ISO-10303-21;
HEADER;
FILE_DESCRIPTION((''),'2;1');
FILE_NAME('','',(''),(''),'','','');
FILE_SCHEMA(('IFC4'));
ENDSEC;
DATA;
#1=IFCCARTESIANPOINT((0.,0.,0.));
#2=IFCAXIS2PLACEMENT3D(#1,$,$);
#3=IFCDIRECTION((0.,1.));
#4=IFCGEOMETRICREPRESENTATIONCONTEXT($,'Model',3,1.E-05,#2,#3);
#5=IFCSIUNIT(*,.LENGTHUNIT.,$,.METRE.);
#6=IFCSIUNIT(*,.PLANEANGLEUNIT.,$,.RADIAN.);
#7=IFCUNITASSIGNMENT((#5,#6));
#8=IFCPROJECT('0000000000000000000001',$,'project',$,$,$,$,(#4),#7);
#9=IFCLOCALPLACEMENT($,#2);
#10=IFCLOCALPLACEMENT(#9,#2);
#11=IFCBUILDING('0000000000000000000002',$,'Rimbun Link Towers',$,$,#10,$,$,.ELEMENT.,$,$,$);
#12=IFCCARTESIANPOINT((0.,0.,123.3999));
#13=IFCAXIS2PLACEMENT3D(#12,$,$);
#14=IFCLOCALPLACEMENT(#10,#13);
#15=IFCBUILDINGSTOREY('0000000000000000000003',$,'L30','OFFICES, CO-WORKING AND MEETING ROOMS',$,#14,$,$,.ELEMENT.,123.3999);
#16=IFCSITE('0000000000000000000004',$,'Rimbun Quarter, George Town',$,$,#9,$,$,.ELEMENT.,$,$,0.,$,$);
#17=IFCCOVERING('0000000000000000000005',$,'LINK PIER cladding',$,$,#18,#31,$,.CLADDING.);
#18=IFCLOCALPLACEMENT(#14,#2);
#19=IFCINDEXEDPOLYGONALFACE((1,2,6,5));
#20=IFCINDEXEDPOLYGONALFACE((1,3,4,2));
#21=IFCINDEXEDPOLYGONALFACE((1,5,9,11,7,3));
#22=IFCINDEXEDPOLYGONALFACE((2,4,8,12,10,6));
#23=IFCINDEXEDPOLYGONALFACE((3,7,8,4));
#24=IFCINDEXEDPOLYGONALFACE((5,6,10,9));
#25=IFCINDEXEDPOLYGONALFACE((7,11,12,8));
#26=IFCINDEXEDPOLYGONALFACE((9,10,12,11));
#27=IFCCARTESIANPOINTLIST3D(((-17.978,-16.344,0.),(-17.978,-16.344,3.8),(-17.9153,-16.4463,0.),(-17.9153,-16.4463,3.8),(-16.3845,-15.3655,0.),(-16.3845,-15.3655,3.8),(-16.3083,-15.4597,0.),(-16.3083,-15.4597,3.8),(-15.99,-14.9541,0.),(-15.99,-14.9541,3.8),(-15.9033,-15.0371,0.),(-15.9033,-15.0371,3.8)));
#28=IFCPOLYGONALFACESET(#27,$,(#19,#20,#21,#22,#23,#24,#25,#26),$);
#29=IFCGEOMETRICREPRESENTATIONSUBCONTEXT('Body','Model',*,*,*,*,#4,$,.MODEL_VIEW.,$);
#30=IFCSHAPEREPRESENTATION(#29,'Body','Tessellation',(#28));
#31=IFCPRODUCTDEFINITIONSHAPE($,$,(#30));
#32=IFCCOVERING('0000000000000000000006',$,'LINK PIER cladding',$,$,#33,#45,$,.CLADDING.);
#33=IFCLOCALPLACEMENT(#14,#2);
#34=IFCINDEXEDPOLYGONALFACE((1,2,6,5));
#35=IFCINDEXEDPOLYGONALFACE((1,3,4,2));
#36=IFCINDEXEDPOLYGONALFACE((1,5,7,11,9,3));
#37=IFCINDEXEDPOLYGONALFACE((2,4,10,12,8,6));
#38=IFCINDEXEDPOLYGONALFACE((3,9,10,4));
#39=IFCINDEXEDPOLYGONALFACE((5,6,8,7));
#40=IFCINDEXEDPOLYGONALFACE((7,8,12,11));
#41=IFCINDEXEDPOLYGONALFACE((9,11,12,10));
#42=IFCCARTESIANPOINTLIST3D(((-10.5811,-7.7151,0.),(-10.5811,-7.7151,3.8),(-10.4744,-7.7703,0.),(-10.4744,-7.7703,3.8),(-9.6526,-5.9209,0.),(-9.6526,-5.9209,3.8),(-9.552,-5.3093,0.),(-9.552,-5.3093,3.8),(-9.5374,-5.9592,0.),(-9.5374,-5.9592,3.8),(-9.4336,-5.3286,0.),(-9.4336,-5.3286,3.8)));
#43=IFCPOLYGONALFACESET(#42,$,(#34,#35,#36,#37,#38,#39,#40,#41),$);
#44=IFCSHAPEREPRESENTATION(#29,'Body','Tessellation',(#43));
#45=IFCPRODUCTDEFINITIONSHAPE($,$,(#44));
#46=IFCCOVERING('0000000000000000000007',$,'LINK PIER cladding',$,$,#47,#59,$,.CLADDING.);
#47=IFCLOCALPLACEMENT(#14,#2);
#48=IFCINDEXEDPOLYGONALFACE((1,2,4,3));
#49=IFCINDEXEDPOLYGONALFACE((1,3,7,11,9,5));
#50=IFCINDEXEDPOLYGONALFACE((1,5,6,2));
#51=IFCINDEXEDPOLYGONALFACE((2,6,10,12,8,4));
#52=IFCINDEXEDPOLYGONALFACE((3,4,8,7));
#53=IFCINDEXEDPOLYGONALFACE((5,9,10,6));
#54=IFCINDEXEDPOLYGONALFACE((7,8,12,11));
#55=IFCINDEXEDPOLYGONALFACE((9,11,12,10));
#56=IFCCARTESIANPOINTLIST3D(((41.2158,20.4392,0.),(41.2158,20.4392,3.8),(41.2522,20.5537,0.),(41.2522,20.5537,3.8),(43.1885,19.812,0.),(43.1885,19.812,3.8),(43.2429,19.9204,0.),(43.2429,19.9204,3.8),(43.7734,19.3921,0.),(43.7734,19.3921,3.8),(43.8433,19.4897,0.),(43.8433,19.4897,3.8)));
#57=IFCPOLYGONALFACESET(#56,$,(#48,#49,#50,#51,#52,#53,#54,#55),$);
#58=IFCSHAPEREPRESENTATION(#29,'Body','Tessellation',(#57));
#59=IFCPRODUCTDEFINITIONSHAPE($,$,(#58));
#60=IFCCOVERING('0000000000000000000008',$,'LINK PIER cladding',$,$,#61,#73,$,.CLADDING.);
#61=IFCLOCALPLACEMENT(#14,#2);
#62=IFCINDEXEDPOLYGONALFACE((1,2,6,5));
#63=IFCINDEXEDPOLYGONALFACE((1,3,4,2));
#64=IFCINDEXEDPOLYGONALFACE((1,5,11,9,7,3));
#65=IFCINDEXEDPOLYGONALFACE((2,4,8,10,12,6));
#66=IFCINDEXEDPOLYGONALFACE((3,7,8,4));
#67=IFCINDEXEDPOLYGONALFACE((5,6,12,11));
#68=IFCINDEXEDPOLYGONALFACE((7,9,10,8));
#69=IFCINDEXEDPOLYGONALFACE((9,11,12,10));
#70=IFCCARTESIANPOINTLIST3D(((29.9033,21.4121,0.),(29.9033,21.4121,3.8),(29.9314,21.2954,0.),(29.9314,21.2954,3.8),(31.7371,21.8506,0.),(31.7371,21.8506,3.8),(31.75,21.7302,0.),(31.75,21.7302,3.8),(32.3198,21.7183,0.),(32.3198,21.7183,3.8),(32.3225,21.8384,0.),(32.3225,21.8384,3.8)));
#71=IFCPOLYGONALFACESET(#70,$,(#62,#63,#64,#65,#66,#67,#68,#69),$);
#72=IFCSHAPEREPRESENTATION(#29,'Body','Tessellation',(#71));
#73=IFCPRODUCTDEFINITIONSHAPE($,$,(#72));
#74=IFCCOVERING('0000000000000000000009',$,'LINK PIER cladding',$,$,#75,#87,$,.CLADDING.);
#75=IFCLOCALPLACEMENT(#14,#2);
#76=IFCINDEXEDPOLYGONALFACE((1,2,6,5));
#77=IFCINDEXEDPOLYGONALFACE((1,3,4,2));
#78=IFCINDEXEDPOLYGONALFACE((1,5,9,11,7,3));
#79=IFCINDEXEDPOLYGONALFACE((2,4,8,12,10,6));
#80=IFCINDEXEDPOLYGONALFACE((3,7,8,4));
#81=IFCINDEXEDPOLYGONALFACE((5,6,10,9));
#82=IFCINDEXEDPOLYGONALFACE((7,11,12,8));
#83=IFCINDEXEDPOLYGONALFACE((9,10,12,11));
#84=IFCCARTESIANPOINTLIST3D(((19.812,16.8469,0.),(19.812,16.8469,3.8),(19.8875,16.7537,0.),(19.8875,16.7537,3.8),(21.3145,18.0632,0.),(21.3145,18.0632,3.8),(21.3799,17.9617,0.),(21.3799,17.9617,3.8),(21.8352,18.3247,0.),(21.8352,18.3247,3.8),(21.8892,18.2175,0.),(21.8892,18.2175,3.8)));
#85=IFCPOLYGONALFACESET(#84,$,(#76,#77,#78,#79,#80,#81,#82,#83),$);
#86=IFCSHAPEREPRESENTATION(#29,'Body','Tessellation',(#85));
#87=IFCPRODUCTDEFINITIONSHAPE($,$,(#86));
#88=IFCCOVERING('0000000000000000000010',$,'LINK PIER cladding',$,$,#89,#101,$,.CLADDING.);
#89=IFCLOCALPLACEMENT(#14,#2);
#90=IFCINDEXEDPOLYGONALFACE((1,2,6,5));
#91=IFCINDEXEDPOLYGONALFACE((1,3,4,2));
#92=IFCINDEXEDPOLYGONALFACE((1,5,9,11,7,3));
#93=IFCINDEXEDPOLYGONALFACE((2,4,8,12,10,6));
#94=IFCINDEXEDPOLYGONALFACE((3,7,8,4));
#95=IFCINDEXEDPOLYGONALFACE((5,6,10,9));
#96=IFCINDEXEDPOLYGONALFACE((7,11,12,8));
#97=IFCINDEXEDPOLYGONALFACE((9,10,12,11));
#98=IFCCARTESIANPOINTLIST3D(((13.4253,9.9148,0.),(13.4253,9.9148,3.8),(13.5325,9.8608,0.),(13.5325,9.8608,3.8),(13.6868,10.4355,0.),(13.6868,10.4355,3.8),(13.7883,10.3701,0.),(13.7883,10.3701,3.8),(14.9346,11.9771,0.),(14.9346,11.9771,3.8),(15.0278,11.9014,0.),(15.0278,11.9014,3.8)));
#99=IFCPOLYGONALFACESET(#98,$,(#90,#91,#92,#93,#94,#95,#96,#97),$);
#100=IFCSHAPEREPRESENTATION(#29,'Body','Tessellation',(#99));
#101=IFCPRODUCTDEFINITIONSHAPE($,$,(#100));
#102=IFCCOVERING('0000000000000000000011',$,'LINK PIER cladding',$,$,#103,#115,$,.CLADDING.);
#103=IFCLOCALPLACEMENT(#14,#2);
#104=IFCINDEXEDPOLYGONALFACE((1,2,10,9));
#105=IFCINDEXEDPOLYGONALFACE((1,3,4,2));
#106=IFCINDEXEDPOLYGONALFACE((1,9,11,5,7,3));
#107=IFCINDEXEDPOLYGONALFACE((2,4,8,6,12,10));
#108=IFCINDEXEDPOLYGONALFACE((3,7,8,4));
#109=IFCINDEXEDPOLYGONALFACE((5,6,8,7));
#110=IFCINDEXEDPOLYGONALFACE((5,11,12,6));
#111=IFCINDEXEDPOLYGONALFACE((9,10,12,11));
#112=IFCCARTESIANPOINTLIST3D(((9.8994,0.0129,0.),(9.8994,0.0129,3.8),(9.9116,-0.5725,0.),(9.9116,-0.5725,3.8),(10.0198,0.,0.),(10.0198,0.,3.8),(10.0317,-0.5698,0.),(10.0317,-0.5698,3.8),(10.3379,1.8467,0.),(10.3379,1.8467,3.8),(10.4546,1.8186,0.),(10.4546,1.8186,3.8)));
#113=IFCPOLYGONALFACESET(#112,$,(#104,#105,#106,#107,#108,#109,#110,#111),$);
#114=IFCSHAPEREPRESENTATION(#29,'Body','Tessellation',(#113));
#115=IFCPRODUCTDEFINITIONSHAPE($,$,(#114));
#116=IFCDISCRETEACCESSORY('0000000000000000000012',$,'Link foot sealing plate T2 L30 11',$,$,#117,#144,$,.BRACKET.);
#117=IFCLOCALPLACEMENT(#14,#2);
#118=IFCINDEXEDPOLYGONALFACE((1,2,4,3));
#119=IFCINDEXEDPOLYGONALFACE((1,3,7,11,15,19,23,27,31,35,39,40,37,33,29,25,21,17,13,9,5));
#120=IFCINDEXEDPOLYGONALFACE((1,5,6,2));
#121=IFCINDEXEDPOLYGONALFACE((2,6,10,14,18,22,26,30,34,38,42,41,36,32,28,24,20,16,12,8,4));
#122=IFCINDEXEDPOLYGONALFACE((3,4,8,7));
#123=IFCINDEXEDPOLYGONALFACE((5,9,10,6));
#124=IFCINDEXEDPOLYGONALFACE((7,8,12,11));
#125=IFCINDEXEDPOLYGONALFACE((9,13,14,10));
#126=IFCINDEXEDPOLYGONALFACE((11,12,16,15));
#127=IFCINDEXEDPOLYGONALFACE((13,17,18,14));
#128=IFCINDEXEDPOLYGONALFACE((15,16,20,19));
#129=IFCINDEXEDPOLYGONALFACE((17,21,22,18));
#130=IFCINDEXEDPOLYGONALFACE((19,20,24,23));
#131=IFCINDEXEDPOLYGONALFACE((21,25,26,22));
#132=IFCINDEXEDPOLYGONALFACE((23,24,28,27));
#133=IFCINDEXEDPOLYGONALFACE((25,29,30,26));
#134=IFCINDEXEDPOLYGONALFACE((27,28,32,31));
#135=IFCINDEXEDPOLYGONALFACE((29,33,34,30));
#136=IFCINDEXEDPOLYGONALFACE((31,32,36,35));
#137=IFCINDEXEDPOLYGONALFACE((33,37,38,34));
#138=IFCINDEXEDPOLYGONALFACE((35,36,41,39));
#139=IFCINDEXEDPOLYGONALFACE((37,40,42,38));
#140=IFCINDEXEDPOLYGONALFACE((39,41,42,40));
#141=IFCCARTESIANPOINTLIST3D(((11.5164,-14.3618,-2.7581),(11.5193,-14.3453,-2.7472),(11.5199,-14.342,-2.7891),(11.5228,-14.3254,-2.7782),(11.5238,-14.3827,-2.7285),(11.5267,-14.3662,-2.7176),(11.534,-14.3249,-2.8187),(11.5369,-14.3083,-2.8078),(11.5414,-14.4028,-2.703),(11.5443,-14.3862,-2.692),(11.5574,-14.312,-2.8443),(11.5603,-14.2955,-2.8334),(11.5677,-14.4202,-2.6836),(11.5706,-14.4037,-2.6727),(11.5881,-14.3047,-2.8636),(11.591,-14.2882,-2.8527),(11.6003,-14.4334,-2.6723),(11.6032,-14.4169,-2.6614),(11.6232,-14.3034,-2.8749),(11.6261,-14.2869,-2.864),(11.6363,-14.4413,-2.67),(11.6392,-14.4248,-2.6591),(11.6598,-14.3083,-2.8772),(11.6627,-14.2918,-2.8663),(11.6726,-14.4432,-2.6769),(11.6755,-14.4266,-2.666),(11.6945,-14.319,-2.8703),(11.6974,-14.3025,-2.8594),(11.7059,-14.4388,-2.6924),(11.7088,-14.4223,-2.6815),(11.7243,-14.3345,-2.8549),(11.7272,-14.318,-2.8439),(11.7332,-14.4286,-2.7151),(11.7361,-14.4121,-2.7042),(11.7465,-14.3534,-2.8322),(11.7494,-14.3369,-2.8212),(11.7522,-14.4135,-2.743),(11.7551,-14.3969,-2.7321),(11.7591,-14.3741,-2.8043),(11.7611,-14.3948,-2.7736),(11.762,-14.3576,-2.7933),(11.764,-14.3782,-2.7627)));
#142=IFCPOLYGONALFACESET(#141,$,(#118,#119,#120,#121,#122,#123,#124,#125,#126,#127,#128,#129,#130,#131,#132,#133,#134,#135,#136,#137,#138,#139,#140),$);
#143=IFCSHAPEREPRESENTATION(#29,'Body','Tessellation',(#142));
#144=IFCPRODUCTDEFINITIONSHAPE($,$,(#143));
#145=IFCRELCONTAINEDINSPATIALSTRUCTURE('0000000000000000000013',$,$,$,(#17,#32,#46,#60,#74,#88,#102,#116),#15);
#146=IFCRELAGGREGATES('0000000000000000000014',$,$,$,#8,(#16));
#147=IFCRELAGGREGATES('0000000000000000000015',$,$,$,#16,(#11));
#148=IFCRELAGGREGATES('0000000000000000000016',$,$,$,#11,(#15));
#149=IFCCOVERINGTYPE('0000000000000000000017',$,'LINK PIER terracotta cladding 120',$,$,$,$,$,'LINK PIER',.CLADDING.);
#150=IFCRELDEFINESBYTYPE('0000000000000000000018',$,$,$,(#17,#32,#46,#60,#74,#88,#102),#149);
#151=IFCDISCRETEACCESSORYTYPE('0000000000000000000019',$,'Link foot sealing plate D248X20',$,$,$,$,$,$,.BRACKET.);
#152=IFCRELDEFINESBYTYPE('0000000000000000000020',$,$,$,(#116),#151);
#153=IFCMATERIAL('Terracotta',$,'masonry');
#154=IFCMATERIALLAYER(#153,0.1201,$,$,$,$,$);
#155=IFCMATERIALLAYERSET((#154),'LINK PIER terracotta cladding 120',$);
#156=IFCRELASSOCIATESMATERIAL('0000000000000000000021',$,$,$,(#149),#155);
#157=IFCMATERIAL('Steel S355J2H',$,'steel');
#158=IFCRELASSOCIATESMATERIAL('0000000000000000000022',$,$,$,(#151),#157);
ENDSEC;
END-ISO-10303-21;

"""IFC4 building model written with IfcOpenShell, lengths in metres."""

from ifc_helpers import new_model, si_unit, direction, frame, origin, origin_2d, place, context, subcontext, project, spatial, polyline, circle, outline, extrude, material, layer, layer_set, material_profile, profile_set, type_object, element, save


model = new_model("IFC4")

# Units and contexts
model_context = context("Model", 3, precision=1e-05, world=origin(), true_north=direction((0.0, 1.0)))
body_context = subcontext(model_context, "Body", "Model", "MODEL_VIEW")
ifc_project = project(units=[si_unit("LENGTHUNIT", "METRE"), si_unit("PLANEANGLEUNIT", "RADIAN")], contexts=[model_context])

# Site, building, storey
site_placement = place(None, origin())
site = spatial("IfcSite", under=ifc_project, at=site_placement, Name="Rimbun Quarter, George Town", CompositionType="ELEMENT", RefElevation=0.0)
building_placement = place(site_placement, origin())
building = spatial("IfcBuilding", under=site, at=building_placement, Name="Rimbun Link Towers", CompositionType="ELEMENT")
storey_placement = place(building_placement, frame((0.0, 0.0, 123.3999)))
storey = spatial("IfcBuildingStorey", under=building, at=storey_placement, Name="L30", Description="OFFICES, CO-WORKING AND MEETING ROOMS", CompositionType="ELEMENT", Elevation=123.3999)

# Coverings
ifc_material_1 = material(Name="Terracotta", Category="masonry")
ifc_layer_1 = layer(ifc_material_1, 0.1201)
ifc_layer_set_1 = layer_set([ifc_layer_1], Name="LINK PIER terracotta cladding 120")
covering_type_1 = type_object("IfcCoveringType", Name="LINK PIER terracotta cladding 120", ElementType="LINK PIER", PredefinedType="CLADDING", material=ifc_layer_set_1)
covering_1_placement = place(storey_placement, origin())
element("IfcCovering", 1, at=covering_1_placement, inside=storey, type_object=covering_type_1, Name="LINK PIER cladding", PredefinedType="CLADDING", context=body_context, shape_type="SweptSolid", body=[
    extrude(outline(polyline([(-15.99, -14.9541), (-16.3845, -15.3655), (-17.978, -16.344), (-17.9153, -16.4463), (-16.3083, -15.4597), (-15.9033, -15.0371), (-15.99, -14.9541)])), origin(), (0.0, 0.0, 1.0), 3.8),
])
covering_2_placement = place(storey_placement, origin())
element("IfcCovering", 2, at=covering_2_placement, inside=storey, type_object=covering_type_1, Name="LINK PIER cladding", PredefinedType="CLADDING", context=body_context, shape_type="SweptSolid", body=[
    extrude(outline(polyline([(-9.552, -5.3093), (-9.6526, -5.9209), (-10.5811, -7.7151), (-10.4744, -7.7703), (-9.5374, -5.9592), (-9.4336, -5.3286), (-9.552, -5.3093)])), origin(), (0.0, 0.0, 1.0), 3.8),
])
covering_3_placement = place(storey_placement, origin())
element("IfcCovering", 3, at=covering_3_placement, inside=storey, type_object=covering_type_1, Name="LINK PIER cladding", PredefinedType="CLADDING", context=body_context, shape_type="SweptSolid", body=[
    extrude(outline(polyline([(41.2158, 20.4392), (43.1885, 19.812), (43.7734, 19.3921), (43.8433, 19.4897), (43.2429, 19.9204), (41.2522, 20.5537), (41.2158, 20.4392)])), origin(), (0.0, 0.0, 1.0), 3.8),
])
covering_4_placement = place(storey_placement, origin())
element("IfcCovering", 4, at=covering_4_placement, inside=storey, type_object=covering_type_1, Name="LINK PIER cladding", PredefinedType="CLADDING", context=body_context, shape_type="SweptSolid", body=[
    extrude(outline(polyline([(29.9314, 21.2954), (31.75, 21.7302), (32.3198, 21.7183), (32.3225, 21.8384), (31.7371, 21.8506), (29.9033, 21.4121), (29.9314, 21.2954)])), origin(), (0.0, 0.0, 1.0), 3.8),
])
covering_5_placement = place(storey_placement, origin())
element("IfcCovering", 5, at=covering_5_placement, inside=storey, type_object=covering_type_1, Name="LINK PIER cladding", PredefinedType="CLADDING", context=body_context, shape_type="SweptSolid", body=[
    extrude(outline(polyline([(19.8875, 16.7537), (21.3799, 17.9617), (21.8892, 18.2175), (21.8352, 18.3247), (21.3145, 18.0632), (19.812, 16.8469), (19.8875, 16.7537)])), origin(), (0.0, 0.0, 1.0), 3.8),
])
covering_6_placement = place(storey_placement, origin())
element("IfcCovering", 6, at=covering_6_placement, inside=storey, type_object=covering_type_1, Name="LINK PIER cladding", PredefinedType="CLADDING", context=body_context, shape_type="SweptSolid", body=[
    extrude(outline(polyline([(13.5325, 9.8608), (13.7883, 10.3701), (15.0278, 11.9014), (14.9346, 11.9771), (13.6868, 10.4355), (13.4253, 9.9148), (13.5325, 9.8608)])), origin(), (0.0, 0.0, 1.0), 3.8),
])
covering_7_placement = place(storey_placement, origin())
element("IfcCovering", 7, at=covering_7_placement, inside=storey, type_object=covering_type_1, Name="LINK PIER cladding", PredefinedType="CLADDING", context=body_context, shape_type="SweptSolid", body=[
    extrude(outline(polyline([(10.0317, -0.5698), (10.0198, 0.0), (10.4546, 1.8186), (10.3379, 1.8467), (9.8994, 0.0129), (9.9116, -0.5725), (10.0317, -0.5698)])), origin(), (0.0, 0.0, 1.0), 3.8),
])

# Discrete accessory
ifc_material_2 = material(Name="Steel S355J2H", Category="steel")
ifc_material_profile_1 = material_profile(ifc_material_2, circle(Radius=0.124, at=origin_2d()), Name="PL D248")
ifc_profile_set_1 = profile_set([ifc_material_profile_1], Name="Steel S355J2H")
discrete_accessory_type = type_object("IfcDiscreteAccessoryType", Name="Link foot sealing plate D248X20", PredefinedType="BRACKET", material=ifc_profile_set_1)
discrete_accessory_placement = place(storey_placement, frame((11.6418, -14.3567, -2.7627), z_axis=(-0.145596, -0.825046, -0.545986), x_axis=(0.984784, -0.173785, 0.0)))
element("IfcDiscreteAccessory", 8, at=discrete_accessory_placement, inside=storey, type_object=discrete_accessory_type, Name="Link foot sealing plate T2 L30 11", PredefinedType="BRACKET", context=body_context, shape_type="SweptSolid", body=[
    extrude(circle(Radius=0.124, at=origin_2d()), origin(), (0.0, 0.0, 1.0), 0.02),
])

save(model, "model.ifc")
